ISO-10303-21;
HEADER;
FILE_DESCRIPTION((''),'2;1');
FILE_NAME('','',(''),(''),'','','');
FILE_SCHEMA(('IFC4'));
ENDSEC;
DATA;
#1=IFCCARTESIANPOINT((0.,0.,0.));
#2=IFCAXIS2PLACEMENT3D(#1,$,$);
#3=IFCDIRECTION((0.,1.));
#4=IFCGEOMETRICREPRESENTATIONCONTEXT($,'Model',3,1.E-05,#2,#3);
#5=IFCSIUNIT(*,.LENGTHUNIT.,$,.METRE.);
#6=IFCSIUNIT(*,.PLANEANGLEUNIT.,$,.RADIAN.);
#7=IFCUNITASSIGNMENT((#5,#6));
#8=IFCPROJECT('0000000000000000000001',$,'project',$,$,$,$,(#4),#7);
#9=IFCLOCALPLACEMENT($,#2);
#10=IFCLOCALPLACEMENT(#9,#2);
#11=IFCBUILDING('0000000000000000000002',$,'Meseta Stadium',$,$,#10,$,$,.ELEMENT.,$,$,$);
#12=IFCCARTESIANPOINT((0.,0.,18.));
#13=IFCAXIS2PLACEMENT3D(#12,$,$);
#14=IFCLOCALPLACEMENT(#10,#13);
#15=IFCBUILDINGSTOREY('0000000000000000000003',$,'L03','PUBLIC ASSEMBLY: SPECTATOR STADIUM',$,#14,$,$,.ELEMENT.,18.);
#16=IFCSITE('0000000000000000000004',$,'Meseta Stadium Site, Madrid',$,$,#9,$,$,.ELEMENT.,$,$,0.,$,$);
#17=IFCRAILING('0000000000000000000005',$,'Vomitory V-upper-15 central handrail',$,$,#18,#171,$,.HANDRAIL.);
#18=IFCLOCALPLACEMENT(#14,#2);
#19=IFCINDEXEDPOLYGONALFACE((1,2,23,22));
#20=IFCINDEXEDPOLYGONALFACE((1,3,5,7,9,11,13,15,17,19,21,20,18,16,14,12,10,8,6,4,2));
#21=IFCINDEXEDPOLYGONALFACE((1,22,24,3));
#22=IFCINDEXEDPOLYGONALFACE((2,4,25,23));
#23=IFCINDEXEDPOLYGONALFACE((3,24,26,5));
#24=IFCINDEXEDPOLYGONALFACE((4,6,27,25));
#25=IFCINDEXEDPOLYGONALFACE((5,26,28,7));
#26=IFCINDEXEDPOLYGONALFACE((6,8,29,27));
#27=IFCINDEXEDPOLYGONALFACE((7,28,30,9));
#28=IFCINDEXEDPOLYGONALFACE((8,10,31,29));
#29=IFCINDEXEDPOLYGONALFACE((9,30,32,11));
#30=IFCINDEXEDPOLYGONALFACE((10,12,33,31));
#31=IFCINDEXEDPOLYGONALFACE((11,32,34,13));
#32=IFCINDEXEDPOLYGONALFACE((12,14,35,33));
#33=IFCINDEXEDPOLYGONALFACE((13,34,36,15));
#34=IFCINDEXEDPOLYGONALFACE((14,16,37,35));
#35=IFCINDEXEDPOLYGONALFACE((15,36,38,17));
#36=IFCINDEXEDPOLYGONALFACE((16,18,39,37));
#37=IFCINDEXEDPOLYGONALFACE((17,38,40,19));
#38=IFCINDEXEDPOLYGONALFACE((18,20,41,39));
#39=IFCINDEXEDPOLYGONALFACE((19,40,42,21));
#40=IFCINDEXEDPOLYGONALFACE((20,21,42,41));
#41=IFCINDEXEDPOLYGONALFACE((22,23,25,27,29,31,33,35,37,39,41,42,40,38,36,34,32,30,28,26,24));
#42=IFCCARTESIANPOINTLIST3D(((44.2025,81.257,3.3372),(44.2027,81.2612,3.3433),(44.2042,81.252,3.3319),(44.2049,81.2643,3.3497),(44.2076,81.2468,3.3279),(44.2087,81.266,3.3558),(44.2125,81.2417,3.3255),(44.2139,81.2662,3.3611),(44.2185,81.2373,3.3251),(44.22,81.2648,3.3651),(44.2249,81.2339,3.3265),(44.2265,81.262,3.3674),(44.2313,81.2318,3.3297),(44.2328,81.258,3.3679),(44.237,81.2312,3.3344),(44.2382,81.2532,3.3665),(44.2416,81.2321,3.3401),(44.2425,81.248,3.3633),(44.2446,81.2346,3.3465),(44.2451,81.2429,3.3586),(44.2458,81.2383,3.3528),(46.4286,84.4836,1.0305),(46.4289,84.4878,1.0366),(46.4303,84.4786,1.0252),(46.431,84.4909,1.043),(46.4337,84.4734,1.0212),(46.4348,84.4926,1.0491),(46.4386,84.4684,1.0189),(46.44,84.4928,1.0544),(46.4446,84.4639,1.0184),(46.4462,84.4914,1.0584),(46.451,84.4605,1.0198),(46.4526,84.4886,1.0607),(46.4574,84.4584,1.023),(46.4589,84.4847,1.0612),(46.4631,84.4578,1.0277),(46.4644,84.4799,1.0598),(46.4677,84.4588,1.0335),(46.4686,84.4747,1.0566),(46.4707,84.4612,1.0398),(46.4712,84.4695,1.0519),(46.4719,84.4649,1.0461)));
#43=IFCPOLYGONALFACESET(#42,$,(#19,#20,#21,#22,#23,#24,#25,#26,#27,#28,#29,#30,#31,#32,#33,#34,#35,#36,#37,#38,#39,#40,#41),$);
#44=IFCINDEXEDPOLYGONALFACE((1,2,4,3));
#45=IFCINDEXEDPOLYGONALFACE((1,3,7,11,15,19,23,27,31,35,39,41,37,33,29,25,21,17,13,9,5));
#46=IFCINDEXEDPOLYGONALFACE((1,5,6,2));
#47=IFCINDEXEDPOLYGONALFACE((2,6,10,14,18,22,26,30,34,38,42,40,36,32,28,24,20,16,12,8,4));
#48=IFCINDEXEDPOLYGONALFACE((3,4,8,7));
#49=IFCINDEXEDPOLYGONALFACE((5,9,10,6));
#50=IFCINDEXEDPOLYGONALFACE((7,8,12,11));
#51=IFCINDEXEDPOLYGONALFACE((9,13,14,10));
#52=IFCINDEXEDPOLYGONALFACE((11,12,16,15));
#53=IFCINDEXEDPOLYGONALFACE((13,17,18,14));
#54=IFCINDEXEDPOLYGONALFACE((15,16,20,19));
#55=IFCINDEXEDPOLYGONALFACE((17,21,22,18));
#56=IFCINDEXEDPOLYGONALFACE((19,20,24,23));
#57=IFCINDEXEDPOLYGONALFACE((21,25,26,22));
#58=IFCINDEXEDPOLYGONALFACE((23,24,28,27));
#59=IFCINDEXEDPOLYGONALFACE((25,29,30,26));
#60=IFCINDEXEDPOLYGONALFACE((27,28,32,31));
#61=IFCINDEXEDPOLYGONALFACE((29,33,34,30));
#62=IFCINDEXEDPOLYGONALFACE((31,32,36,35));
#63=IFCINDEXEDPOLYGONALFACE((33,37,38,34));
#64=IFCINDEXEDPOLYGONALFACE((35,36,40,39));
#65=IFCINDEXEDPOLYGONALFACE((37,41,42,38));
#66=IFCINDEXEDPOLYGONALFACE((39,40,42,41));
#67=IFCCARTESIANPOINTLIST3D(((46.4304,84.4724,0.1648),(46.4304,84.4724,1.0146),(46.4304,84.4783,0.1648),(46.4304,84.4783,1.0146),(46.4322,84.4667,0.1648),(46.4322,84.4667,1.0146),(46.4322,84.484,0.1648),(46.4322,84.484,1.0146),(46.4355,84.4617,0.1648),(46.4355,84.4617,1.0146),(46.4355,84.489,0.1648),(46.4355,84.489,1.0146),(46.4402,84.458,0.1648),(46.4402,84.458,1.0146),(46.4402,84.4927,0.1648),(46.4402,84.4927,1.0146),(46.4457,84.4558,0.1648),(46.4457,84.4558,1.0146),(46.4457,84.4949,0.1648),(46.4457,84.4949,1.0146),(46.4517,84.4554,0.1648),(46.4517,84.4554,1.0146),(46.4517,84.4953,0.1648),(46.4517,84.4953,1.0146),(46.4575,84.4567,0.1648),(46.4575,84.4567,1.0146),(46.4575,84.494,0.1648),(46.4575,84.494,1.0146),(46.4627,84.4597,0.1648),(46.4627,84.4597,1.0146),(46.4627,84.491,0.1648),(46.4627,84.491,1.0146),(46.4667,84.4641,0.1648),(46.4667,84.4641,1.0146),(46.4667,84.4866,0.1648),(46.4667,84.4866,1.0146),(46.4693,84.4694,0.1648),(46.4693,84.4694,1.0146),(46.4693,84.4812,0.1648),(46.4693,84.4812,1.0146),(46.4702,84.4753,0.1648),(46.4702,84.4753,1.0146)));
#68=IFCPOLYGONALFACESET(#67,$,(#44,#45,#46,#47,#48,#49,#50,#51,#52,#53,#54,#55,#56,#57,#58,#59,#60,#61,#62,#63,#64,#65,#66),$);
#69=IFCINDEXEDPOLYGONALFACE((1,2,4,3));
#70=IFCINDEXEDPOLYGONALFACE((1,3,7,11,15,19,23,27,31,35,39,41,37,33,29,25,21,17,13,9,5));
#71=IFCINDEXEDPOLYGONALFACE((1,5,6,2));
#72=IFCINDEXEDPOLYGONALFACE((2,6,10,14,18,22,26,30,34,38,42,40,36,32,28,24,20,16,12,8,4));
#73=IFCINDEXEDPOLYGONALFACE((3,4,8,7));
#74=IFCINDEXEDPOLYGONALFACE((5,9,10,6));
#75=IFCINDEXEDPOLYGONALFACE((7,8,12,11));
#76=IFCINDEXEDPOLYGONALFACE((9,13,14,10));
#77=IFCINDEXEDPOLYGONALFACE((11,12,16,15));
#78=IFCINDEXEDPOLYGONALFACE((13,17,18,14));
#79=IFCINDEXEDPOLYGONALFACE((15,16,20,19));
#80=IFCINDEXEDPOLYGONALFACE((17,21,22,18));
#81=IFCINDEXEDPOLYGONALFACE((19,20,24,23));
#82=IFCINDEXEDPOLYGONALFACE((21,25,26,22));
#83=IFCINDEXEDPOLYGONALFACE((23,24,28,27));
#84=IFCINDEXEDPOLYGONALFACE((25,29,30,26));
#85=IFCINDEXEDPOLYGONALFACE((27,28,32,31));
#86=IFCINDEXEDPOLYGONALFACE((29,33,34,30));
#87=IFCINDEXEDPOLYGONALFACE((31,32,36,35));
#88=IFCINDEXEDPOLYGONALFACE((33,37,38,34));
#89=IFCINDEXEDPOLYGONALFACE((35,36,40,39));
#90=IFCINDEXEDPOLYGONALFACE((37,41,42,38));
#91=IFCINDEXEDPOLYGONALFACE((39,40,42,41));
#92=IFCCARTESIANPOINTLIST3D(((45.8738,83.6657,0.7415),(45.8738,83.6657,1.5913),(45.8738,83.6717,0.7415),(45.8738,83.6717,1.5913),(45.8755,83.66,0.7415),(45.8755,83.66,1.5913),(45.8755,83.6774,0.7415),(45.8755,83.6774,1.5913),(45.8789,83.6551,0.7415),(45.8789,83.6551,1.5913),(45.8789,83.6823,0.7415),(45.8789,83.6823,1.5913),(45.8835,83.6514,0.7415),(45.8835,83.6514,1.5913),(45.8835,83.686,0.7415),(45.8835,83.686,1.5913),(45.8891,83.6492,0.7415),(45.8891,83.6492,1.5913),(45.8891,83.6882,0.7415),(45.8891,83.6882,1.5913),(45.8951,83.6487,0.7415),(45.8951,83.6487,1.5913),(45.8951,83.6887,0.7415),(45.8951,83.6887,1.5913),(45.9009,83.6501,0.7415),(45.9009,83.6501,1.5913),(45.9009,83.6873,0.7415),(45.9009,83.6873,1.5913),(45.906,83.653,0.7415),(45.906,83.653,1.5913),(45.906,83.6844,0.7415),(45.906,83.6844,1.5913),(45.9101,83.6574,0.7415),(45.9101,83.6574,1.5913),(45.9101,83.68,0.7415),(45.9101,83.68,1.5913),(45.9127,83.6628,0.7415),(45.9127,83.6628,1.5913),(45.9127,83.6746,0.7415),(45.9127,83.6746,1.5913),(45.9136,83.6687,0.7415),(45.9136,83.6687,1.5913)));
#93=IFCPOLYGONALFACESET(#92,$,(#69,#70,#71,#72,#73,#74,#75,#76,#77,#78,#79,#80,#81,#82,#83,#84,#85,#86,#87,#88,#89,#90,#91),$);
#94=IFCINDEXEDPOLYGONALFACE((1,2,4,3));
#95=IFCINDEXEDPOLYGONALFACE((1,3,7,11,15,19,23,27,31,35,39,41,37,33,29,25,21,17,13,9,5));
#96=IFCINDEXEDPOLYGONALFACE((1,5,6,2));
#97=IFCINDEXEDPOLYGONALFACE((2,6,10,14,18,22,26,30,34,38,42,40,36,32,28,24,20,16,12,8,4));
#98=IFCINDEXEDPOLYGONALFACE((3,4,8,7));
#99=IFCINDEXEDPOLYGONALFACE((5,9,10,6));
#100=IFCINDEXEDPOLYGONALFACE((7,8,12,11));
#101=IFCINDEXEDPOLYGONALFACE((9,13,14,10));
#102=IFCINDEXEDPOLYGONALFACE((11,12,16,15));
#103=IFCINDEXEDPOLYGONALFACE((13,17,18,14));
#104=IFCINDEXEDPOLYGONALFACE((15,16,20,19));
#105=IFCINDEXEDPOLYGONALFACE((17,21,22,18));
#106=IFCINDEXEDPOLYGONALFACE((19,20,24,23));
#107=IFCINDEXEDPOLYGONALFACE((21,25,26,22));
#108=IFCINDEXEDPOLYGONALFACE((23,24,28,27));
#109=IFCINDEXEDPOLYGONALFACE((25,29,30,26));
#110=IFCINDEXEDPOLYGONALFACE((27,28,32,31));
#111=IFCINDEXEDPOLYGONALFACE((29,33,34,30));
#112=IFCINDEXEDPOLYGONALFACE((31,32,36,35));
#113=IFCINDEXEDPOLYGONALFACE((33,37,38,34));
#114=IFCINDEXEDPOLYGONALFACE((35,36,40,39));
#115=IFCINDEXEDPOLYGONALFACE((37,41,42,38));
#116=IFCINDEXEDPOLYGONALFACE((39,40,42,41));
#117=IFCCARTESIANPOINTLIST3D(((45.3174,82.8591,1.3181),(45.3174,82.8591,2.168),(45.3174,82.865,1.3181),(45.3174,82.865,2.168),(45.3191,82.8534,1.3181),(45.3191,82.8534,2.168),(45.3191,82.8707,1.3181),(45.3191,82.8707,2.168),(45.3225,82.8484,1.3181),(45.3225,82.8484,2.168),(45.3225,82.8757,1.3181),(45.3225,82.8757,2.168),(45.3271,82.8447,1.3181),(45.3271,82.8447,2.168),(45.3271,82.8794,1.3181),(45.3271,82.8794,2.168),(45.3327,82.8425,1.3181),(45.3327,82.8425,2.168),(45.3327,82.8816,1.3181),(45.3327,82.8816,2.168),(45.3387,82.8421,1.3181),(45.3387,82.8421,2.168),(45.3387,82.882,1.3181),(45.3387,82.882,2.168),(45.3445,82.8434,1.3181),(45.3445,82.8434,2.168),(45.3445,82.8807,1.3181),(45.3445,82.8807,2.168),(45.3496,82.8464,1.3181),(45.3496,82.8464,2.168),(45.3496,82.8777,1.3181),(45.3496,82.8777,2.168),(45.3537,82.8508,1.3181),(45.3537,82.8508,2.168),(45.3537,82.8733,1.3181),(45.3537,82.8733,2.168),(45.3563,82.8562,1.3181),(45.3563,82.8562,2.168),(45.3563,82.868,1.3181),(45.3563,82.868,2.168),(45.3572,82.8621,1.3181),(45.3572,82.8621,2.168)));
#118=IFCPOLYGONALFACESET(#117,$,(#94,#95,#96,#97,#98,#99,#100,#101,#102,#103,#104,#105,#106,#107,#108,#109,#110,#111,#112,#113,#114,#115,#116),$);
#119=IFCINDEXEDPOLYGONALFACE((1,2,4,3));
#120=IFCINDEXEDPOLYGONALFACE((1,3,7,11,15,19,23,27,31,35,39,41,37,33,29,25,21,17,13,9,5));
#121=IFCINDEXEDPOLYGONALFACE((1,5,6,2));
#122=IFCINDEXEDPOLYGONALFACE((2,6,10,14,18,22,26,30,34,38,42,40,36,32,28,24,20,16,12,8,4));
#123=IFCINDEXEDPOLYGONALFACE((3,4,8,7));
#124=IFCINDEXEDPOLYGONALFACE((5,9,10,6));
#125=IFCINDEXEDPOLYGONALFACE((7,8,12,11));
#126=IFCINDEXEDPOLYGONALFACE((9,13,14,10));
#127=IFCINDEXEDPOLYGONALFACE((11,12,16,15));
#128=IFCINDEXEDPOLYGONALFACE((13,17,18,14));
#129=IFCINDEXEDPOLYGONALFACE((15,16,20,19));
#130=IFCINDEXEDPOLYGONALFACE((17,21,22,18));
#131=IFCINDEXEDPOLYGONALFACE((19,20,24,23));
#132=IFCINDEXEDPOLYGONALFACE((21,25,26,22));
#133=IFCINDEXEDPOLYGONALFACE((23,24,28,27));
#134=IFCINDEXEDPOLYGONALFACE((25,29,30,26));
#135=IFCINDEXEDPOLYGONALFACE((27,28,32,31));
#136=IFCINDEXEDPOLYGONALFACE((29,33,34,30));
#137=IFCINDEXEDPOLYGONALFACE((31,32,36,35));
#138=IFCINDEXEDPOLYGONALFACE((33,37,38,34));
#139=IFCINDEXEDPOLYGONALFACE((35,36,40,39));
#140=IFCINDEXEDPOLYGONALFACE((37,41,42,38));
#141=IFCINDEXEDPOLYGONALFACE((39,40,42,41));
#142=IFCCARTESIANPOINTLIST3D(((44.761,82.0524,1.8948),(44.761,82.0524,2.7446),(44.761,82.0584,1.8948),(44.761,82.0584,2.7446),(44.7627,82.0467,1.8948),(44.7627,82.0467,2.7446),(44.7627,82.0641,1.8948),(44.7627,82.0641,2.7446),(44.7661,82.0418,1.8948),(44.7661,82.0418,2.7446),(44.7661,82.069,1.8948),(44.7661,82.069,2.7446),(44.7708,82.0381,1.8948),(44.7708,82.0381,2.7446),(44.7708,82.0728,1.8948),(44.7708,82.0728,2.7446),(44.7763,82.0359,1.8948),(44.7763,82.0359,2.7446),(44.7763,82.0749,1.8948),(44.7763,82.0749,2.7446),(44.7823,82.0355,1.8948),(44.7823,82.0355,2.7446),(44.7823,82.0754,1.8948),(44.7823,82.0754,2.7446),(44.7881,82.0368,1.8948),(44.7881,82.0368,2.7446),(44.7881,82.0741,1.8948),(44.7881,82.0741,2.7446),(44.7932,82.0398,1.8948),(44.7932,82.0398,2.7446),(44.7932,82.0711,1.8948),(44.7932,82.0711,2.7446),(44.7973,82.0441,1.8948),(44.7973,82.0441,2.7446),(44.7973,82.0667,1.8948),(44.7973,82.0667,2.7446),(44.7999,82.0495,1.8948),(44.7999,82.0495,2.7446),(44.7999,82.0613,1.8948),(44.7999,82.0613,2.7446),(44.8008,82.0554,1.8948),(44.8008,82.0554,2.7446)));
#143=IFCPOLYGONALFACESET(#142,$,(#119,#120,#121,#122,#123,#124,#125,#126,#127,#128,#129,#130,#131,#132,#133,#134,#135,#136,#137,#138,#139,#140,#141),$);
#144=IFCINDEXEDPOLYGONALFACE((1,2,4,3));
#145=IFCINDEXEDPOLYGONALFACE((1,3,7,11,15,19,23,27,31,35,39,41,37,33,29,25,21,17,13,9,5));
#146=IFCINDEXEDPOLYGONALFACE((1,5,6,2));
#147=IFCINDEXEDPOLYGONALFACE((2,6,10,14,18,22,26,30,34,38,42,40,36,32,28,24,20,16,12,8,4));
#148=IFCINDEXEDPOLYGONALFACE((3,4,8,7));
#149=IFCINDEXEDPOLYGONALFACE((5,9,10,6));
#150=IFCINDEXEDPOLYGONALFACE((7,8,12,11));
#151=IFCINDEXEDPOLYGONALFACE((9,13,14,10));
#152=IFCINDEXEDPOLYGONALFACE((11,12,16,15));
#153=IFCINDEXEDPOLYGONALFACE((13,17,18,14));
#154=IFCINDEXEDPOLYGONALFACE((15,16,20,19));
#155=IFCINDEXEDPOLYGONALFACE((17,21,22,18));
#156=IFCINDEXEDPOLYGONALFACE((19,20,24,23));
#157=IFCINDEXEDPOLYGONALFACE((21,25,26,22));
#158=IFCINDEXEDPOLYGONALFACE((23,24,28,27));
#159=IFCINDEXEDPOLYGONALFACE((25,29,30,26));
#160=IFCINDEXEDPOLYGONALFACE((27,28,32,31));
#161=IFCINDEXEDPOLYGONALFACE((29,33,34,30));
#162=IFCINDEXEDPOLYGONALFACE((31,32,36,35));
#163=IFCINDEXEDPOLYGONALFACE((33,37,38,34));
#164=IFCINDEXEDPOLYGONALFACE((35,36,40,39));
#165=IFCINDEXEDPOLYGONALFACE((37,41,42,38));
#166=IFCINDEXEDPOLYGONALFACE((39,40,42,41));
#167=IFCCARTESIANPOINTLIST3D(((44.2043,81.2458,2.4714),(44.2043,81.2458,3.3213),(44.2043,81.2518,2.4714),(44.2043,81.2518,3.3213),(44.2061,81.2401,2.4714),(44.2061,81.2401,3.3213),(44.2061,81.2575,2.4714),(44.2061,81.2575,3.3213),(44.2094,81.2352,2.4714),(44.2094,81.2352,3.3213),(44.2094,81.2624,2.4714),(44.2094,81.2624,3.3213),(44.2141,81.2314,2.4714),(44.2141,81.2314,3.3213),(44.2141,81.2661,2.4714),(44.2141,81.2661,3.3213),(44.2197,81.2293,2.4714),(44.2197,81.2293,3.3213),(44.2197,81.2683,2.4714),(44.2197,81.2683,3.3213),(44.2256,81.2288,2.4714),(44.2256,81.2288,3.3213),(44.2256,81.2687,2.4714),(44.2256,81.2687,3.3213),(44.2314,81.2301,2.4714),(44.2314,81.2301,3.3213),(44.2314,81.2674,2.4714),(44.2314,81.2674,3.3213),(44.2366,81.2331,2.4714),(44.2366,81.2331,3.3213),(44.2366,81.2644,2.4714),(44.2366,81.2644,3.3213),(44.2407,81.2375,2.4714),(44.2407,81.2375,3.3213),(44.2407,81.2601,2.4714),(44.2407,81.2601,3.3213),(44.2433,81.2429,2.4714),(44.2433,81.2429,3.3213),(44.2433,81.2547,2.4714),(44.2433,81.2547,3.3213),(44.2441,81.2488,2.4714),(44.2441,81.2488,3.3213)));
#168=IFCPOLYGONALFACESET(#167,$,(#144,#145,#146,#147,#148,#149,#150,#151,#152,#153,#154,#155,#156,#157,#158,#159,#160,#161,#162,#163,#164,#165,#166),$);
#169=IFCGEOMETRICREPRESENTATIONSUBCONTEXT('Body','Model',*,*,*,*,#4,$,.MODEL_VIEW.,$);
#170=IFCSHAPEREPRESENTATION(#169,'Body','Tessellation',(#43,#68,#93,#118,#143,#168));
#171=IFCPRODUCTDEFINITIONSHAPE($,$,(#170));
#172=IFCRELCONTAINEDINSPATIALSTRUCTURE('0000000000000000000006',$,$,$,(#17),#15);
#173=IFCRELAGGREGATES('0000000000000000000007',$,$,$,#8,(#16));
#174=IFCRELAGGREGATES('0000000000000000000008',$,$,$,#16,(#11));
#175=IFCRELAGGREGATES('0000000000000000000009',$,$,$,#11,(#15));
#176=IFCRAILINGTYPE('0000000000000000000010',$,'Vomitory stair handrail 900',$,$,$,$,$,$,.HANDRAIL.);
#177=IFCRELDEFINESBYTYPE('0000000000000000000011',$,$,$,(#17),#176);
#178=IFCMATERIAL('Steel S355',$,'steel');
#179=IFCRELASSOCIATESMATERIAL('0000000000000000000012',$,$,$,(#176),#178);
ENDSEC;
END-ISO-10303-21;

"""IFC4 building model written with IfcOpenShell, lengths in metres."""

from ifc_helpers import new_model, si_unit, direction, frame, origin, origin_2d, place, context, subcontext, project, spatial, circle, extrude, material, type_object, element, save


model = new_model("IFC4")

# Units and contexts
model_context = context("Model", 3, precision=1e-05, world=origin(), true_north=direction((0.0, 1.0)))
body_context = subcontext(model_context, "Body", "Model", "MODEL_VIEW")
ifc_project = project(units=[si_unit("LENGTHUNIT", "METRE"), si_unit("PLANEANGLEUNIT", "RADIAN")], contexts=[model_context])

# Site, building, storey
site_placement = place(None, origin())
site = spatial("IfcSite", under=ifc_project, at=site_placement, Name="Meseta Stadium Site, Madrid", CompositionType="ELEMENT", RefElevation=0.0)
building_placement = place(site_placement, origin())
building = spatial("IfcBuilding", under=site, at=building_placement, Name="Meseta Stadium", CompositionType="ELEMENT")
storey_placement = place(building_placement, frame((0.0, 0.0, 18.0)))
storey = spatial("IfcBuildingStorey", under=building, at=storey_placement, Name="L03", Description="PUBLIC ASSEMBLY: SPECTATOR STADIUM", CompositionType="ELEMENT", Elevation=18.0)

# Railing
ifc_material_1 = material(Name="Steel S355", Category="steel")
railing_type_1 = type_object("IfcRailingType", Name="Vomitory stair handrail 900", PredefinedType="HANDRAIL", material=ifc_material_1)
railing_1_placement = place(storey_placement, frame((46.4502, 84.4753, 0.1648)))
element("IfcRailing", 1, at=railing_1_placement, inside=storey, type_object=railing_type_1, Name="Vomitory V-upper-15 central handrail", PredefinedType="HANDRAIL", context=body_context, shape_type="SweptSolid", body=[
    extrude(circle(Radius=0.0249, at=origin_2d()), frame((0.0, 0.0, 0.875), z_axis=(-0.489434, -0.709405, 0.507148), x_axis=(0.82311, -0.567881, 0.0)), (0.0, 0.0, 1.0), 4.5483),
    extrude(circle(Radius=0.02, at=origin_2d()), origin(), (0.0, 0.0, 1.0), 0.8499),
    extrude(circle(Radius=0.02, at=origin_2d()), frame((-0.5566, -0.8066, 0.5767)), (0.0, 0.0, 1.0), 0.8499),
    extrude(circle(Radius=0.02, at=origin_2d()), frame((-1.113, -1.6133, 1.1533)), (0.0, 0.0, 1.0), 0.8499),
    extrude(circle(Radius=0.02, at=origin_2d()), frame((-1.6694, -2.4199, 1.73)), (0.0, 0.0, 1.0), 0.8499),
    extrude(circle(Radius=0.02, at=origin_2d()), frame((-2.2261, -3.2266, 2.3066)), (0.0, 0.0, 1.0), 0.8499),
])

save(model, "model.ifc")
